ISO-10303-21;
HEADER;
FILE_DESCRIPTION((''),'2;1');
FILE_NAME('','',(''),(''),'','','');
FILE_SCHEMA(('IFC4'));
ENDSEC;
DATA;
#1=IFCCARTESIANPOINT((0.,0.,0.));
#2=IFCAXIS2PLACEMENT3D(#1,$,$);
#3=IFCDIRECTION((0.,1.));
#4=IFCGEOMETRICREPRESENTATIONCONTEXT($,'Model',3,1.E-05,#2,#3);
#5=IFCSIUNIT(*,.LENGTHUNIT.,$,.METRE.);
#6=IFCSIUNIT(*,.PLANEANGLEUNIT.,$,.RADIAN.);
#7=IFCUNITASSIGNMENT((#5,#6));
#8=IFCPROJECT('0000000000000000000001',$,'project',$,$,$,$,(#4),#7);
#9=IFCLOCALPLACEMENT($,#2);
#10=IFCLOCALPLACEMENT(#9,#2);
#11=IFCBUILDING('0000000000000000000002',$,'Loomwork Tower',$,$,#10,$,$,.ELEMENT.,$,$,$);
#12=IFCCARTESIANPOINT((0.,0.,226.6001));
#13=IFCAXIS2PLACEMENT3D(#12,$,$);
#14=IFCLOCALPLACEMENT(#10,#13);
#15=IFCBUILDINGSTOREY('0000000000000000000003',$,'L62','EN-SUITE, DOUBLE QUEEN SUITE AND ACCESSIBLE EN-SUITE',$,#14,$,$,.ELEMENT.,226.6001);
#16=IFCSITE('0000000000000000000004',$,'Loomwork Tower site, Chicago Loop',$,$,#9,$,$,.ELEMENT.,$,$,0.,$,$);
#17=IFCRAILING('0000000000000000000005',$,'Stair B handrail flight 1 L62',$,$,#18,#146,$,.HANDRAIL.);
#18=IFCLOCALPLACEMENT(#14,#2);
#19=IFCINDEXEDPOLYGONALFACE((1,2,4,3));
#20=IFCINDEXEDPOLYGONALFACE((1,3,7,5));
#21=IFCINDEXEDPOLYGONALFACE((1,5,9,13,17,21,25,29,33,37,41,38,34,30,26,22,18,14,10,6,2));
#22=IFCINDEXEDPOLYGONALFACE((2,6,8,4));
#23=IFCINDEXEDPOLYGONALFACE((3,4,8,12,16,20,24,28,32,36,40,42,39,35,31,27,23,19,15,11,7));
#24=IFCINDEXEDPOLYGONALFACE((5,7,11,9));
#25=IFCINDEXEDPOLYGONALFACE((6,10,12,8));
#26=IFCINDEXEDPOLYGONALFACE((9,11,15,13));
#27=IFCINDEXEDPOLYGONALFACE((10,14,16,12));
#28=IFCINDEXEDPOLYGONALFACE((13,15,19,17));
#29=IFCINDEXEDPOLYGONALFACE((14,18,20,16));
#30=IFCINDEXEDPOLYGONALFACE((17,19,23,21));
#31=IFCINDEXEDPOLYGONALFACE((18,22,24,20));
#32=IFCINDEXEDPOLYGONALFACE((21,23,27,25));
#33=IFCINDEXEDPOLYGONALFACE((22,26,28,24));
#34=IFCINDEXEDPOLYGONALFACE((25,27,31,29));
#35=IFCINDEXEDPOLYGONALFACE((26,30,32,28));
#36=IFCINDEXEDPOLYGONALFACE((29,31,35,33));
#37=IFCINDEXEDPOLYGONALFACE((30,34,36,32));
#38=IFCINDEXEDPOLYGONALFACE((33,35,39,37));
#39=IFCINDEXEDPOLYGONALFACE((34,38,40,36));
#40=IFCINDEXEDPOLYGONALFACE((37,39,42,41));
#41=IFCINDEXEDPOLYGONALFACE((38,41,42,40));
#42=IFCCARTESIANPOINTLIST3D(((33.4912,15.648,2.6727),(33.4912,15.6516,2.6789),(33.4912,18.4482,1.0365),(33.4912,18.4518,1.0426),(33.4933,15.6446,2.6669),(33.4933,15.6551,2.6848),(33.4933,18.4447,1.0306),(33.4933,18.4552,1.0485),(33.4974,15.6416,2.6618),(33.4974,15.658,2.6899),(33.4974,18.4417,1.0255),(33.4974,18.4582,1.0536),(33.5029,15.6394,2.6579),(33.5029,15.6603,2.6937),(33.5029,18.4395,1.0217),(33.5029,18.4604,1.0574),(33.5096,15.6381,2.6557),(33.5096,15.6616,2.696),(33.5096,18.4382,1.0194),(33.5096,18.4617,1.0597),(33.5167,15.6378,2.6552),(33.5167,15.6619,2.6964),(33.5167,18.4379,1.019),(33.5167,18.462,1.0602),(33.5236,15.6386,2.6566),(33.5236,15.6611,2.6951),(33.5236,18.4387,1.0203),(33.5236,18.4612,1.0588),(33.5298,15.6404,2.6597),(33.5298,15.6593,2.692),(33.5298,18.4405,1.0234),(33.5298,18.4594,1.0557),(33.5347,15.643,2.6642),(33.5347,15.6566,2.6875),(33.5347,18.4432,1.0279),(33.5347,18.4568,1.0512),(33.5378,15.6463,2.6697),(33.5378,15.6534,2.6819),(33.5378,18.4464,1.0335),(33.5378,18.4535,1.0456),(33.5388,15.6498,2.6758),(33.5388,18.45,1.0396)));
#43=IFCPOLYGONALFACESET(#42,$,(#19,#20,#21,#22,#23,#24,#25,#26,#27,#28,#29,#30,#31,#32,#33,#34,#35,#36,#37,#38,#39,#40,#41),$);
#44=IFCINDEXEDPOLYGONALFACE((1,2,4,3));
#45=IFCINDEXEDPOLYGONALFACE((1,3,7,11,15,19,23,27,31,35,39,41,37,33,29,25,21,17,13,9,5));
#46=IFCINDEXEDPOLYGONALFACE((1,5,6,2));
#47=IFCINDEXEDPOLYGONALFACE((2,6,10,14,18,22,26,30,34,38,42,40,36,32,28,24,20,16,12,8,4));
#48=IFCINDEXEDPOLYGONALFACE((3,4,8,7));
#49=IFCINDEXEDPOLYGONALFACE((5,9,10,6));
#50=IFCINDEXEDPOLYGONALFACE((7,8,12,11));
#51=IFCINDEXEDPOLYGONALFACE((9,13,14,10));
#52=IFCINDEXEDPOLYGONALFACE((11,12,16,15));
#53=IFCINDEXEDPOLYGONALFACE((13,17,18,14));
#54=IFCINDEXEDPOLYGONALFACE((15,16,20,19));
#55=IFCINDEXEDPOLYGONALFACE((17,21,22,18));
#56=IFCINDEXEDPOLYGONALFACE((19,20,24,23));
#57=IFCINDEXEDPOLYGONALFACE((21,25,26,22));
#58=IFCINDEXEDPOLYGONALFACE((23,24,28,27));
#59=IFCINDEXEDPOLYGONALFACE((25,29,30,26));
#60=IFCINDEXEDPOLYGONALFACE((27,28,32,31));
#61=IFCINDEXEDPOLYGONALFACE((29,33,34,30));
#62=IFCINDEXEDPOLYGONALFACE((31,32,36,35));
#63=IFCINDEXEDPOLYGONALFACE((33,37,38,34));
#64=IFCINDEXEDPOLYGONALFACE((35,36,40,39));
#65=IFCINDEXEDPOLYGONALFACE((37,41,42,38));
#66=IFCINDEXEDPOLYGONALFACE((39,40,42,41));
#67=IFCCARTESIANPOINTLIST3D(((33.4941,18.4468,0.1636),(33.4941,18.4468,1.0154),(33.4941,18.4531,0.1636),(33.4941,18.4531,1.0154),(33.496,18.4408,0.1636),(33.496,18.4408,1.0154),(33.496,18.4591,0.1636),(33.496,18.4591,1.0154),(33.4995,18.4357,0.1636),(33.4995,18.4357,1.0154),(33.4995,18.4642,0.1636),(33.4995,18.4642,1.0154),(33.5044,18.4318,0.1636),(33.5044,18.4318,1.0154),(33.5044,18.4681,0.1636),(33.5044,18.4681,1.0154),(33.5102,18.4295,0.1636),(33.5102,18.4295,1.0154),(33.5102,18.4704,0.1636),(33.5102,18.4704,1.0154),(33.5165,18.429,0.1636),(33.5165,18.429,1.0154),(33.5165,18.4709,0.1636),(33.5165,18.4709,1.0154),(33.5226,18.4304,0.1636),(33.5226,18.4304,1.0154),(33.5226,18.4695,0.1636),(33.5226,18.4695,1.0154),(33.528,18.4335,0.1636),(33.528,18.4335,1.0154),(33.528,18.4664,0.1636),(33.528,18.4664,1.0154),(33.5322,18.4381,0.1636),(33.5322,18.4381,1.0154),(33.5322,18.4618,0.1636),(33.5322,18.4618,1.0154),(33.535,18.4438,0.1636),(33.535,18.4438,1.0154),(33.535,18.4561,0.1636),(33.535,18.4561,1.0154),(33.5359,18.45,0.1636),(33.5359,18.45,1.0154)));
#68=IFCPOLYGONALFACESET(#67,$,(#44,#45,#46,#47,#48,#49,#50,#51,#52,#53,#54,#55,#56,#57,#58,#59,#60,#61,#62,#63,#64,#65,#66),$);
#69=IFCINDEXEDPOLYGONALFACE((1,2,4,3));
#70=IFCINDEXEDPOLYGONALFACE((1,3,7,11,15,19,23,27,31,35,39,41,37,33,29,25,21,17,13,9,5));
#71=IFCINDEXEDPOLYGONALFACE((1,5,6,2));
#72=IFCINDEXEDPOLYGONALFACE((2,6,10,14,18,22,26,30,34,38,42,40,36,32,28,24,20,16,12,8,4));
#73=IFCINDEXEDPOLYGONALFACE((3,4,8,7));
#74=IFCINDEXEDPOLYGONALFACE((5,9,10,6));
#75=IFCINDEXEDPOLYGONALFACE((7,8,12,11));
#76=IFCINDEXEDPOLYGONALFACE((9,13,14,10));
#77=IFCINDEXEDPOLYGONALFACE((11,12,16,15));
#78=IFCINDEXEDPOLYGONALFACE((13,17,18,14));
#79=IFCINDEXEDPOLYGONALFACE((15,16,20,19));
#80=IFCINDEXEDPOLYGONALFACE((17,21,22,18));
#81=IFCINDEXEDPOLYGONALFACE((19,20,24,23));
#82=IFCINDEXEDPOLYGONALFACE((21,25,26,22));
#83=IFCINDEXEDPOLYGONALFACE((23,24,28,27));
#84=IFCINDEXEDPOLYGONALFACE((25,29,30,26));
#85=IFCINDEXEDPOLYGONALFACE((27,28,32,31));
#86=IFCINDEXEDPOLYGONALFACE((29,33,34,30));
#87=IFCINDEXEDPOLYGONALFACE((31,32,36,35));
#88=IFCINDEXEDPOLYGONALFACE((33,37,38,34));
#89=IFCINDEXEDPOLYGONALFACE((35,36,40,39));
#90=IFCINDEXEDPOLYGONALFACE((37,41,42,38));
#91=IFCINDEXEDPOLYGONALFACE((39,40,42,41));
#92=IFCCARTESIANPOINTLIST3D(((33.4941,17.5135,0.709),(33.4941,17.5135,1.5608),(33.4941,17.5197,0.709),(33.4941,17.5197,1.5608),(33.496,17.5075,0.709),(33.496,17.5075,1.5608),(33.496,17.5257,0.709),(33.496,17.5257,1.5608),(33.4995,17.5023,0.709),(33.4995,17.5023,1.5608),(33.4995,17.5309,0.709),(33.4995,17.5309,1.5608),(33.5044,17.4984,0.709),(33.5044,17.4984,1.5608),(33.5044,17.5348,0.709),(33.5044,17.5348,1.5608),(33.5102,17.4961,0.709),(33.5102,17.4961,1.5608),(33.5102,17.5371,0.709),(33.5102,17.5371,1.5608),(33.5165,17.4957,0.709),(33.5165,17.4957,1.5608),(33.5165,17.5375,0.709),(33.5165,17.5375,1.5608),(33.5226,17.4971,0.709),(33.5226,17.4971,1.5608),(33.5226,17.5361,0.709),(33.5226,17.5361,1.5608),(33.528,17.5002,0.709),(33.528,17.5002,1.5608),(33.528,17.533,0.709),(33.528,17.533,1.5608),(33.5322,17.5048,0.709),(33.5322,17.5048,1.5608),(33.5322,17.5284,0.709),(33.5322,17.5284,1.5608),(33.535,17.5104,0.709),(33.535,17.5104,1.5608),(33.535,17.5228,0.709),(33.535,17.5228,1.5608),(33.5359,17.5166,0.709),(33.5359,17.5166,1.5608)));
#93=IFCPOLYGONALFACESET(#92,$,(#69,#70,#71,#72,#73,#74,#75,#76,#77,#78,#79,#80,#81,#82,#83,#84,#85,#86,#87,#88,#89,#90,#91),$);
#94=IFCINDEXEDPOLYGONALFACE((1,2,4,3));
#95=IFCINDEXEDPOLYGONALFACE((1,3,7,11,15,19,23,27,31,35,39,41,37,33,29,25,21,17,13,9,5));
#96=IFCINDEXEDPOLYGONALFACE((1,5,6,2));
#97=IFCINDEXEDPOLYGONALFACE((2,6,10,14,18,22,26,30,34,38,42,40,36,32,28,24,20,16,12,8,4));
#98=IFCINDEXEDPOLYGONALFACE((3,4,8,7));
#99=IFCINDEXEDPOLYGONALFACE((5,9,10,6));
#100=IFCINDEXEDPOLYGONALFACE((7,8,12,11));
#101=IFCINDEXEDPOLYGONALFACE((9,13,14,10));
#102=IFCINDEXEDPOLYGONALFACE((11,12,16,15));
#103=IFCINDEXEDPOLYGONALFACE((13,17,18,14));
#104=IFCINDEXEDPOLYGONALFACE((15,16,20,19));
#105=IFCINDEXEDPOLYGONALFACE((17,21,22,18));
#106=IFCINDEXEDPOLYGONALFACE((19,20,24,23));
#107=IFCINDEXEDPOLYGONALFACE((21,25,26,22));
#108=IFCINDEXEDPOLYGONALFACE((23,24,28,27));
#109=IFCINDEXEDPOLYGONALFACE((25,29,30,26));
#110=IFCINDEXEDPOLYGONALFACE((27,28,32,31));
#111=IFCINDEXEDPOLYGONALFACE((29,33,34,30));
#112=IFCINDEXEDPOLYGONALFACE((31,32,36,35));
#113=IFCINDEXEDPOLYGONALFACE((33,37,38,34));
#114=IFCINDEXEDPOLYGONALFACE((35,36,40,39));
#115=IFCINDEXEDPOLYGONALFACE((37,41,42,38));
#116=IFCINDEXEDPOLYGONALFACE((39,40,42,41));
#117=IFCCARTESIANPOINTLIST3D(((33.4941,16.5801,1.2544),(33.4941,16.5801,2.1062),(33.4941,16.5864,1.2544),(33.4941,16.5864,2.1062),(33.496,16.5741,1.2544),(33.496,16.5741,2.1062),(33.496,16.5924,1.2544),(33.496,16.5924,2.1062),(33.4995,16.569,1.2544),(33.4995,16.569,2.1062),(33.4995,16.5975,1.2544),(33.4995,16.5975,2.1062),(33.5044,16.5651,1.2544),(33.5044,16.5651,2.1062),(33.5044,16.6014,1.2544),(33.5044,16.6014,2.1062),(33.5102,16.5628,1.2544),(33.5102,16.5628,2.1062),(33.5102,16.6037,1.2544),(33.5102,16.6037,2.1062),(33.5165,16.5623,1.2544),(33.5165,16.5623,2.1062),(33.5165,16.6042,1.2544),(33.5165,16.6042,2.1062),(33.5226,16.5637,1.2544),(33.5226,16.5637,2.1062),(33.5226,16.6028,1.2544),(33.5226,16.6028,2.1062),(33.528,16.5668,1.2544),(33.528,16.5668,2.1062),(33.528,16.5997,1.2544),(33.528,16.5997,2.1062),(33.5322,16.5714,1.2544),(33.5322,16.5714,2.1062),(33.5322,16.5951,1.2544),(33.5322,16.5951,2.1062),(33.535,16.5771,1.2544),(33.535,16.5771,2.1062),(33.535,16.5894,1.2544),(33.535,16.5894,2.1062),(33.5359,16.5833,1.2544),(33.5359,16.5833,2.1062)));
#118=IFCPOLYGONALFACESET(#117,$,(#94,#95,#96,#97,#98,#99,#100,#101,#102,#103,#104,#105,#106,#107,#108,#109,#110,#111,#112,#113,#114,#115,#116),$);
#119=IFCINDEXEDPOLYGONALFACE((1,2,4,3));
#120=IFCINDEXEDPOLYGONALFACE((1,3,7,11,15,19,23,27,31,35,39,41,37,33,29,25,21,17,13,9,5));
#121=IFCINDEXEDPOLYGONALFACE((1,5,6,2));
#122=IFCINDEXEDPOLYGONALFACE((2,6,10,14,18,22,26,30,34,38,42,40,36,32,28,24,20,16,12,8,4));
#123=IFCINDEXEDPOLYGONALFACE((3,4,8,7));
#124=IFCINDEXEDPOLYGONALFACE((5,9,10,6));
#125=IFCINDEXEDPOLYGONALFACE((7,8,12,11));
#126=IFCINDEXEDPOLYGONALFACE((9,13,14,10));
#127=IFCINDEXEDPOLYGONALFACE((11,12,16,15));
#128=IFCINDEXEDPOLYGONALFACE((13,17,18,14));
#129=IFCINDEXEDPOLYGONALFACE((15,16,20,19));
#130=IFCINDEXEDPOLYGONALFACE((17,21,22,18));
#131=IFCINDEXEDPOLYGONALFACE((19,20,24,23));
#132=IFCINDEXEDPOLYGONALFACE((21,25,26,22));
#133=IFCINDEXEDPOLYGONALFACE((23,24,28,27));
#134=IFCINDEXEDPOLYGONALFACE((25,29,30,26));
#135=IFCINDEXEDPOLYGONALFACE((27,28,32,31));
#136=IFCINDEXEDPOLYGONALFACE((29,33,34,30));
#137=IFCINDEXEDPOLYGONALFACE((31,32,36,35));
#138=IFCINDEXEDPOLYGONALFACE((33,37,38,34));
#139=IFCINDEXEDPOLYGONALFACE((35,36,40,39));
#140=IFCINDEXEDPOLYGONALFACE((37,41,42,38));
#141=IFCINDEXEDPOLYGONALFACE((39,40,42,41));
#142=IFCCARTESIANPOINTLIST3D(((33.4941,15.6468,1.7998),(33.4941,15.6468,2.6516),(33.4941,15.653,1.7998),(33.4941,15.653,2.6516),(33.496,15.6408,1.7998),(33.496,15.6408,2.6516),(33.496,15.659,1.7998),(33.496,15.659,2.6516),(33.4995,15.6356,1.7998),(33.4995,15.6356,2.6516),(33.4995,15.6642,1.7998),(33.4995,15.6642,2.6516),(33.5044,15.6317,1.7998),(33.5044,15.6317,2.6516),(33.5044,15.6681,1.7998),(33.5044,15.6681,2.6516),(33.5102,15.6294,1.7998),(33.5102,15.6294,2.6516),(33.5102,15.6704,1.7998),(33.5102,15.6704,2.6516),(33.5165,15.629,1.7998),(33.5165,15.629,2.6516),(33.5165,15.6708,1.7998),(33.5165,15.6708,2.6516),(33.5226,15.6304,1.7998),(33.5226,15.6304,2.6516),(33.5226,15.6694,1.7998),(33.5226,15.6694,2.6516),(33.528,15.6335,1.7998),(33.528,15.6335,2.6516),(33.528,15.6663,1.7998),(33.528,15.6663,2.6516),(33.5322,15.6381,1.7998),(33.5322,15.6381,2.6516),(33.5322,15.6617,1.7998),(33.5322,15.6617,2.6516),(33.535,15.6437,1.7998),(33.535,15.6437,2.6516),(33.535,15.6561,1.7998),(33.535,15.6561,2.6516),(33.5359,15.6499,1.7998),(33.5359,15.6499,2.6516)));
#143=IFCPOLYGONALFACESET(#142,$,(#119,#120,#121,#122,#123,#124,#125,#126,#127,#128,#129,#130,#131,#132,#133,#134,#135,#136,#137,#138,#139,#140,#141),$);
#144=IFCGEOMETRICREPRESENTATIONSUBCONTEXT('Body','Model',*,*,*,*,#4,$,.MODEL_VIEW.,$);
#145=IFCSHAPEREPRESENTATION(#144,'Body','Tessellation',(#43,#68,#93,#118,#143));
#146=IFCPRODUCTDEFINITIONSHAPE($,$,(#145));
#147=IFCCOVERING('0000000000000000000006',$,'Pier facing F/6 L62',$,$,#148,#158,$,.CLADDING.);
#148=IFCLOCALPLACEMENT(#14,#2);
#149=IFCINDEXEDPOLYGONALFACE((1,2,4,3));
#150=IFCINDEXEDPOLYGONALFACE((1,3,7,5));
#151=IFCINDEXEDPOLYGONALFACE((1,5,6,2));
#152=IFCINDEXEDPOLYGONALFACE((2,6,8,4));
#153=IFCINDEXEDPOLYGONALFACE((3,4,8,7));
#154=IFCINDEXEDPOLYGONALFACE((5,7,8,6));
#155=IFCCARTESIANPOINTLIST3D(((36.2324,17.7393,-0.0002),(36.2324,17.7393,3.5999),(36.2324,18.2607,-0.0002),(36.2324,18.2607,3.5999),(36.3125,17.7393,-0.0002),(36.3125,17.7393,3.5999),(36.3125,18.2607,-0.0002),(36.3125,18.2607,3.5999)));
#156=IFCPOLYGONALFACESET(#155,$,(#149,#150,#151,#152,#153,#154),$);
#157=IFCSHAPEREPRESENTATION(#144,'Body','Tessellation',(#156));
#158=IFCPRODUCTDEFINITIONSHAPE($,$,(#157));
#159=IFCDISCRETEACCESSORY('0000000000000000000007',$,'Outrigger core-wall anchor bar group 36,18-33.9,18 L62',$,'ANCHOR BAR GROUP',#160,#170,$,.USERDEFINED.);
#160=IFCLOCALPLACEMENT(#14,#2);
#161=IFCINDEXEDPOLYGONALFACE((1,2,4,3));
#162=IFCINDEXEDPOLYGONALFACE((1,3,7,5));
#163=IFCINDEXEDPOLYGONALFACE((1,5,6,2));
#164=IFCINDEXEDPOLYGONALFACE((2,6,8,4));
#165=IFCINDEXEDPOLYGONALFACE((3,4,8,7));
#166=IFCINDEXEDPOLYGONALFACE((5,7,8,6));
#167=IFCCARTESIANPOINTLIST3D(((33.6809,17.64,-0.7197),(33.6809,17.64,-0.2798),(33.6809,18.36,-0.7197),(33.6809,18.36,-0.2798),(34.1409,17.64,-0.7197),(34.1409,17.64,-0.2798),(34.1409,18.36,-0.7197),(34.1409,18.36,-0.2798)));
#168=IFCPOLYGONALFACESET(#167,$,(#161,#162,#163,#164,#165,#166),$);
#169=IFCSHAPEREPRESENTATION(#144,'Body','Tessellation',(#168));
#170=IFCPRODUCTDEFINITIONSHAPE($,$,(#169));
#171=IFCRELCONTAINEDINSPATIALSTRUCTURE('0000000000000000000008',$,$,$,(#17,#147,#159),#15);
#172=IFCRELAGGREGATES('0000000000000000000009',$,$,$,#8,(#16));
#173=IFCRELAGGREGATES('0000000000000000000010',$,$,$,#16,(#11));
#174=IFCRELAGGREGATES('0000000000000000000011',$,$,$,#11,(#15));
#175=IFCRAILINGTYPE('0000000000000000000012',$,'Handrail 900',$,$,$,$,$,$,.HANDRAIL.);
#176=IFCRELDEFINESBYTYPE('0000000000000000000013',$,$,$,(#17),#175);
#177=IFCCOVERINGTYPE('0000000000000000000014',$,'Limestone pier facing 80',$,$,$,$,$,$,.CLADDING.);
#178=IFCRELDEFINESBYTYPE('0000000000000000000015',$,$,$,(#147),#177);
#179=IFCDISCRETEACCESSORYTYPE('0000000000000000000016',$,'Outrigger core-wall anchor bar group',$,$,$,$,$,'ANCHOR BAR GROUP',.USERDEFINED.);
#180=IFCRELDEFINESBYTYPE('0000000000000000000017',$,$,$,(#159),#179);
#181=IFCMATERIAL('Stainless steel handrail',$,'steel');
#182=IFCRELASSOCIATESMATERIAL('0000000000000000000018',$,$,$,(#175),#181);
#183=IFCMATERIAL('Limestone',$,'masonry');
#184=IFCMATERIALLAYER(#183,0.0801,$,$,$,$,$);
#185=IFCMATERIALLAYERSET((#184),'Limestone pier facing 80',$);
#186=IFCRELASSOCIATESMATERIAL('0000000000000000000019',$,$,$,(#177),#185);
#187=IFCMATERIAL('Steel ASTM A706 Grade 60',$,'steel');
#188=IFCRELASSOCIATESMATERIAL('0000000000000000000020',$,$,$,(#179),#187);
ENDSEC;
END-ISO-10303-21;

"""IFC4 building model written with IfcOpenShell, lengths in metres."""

from ifc_helpers import new_model, si_unit, direction, frame, origin, origin_2d, place, context, subcontext, project, spatial, rectangle, circle, extrude, material, layer, layer_set, type_object, element, save


model = new_model("IFC4")

# Units and contexts
model_context = context("Model", 3, precision=1e-05, world=origin(), true_north=direction((0.0, 1.0)))
body_context = subcontext(model_context, "Body", "Model", "MODEL_VIEW")
ifc_project = project(units=[si_unit("LENGTHUNIT", "METRE"), si_unit("PLANEANGLEUNIT", "RADIAN")], contexts=[model_context])

# Site, building, storey
site_placement = place(None, origin())
site = spatial("IfcSite", under=ifc_project, at=site_placement, Name="Loomwork Tower site, Chicago Loop", CompositionType="ELEMENT", RefElevation=0.0)
building_placement = place(site_placement, origin())
building = spatial("IfcBuilding", under=site, at=building_placement, Name="Loomwork Tower", CompositionType="ELEMENT")
storey_placement = place(building_placement, frame((0.0, 0.0, 226.6001)))
storey = spatial("IfcBuildingStorey", under=building, at=storey_placement, Name="L62", Description="EN-SUITE, DOUBLE QUEEN SUITE AND ACCESSIBLE EN-SUITE", CompositionType="ELEMENT", Elevation=226.6001)

# Railing
ifc_material_1 = material(Name="Stainless steel handrail", Category="steel")
railing_type = type_object("IfcRailingType", Name="Handrail 900", PredefinedType="HANDRAIL", material=ifc_material_1)
railing_placement = place(storey_placement, frame((33.5149, 18.45, 0.1636)))
element("IfcRailing", 1, at=railing_placement, inside=storey, type_object=railing_type, Name="Stair B handrail flight 1 L62", PredefinedType="HANDRAIL", context=body_context, shape_type="SweptSolid", body=[
    extrude(circle(Radius=0.0239, at=origin_2d()), frame((0.0, 0.0, 0.876), z_axis=(0.0, -0.863394, 0.504531), x_axis=(1.0, 0.0, 0.0)), (0.0, 0.0, 1.0), 3.2432),
    extrude(circle(Radius=0.021, at=origin_2d()), origin(), (0.0, 0.0, 1.0), 0.8518),
    extrude(circle(Radius=0.021, at=origin_2d()), frame((0.0, -0.9333, 0.5454)), (0.0, 0.0, 1.0), 0.8518),
    extrude(circle(Radius=0.021, at=origin_2d()), frame((0.0, -1.8667, 1.0908)), (0.0, 0.0, 1.0), 0.8518),
    extrude(circle(Radius=0.021, at=origin_2d()), frame((0.0, -2.8, 1.6362)), (0.0, 0.0, 1.0), 0.8518),
])

# Covering
ifc_material_2 = material(Name="Limestone", Category="masonry")
ifc_layer_1 = layer(ifc_material_2, 0.0801)
ifc_layer_set_1 = layer_set([ifc_layer_1], Name="Limestone pier facing 80")
covering_type = type_object("IfcCoveringType", Name="Limestone pier facing 80", PredefinedType="CLADDING", material=ifc_layer_set_1)
covering_placement = place(storey_placement, frame((36.2725, 18.0, -0.0002), z_axis=(0.0, 0.0, 1.0), x_axis=(1.0, 0.0, 0.0)))
element("IfcCovering", 2, at=covering_placement, inside=storey, type_object=covering_type, Name="Pier facing F/6 L62", PredefinedType="CLADDING", context=body_context, shape_type="SweptSolid", body=[
    extrude(rectangle(XDim=0.0801, YDim=0.5215, at=origin_2d()), origin(), (0.0, 0.0, 1.0), 3.6001),
])

# Discrete accessory
ifc_material_3 = material(Name="Steel ASTM A706 Grade 60", Category="steel")
discrete_accessory_type = type_object("IfcDiscreteAccessoryType", Name="Outrigger core-wall anchor bar group", ElementType="ANCHOR BAR GROUP", PredefinedType="USERDEFINED", material=ifc_material_3)
discrete_accessory_placement = place(storey_placement, frame((33.9109, 18.0, -0.7197), z_axis=(0.0, 0.0, 1.0), x_axis=(1.0, 0.0, 0.0)))
element("IfcDiscreteAccessory", 3, at=discrete_accessory_placement, inside=storey, type_object=discrete_accessory_type, Name="Outrigger core-wall anchor bar group 36,18-33.9,18 L62", ObjectType="ANCHOR BAR GROUP", PredefinedType="USERDEFINED", context=body_context, shape_type="SweptSolid", body=[
    extrude(rectangle(XDim=0.46, YDim=0.72, at=origin_2d()), origin(), (0.0, 0.0, 1.0), 0.4399),
])

save(model, "model.ifc")
